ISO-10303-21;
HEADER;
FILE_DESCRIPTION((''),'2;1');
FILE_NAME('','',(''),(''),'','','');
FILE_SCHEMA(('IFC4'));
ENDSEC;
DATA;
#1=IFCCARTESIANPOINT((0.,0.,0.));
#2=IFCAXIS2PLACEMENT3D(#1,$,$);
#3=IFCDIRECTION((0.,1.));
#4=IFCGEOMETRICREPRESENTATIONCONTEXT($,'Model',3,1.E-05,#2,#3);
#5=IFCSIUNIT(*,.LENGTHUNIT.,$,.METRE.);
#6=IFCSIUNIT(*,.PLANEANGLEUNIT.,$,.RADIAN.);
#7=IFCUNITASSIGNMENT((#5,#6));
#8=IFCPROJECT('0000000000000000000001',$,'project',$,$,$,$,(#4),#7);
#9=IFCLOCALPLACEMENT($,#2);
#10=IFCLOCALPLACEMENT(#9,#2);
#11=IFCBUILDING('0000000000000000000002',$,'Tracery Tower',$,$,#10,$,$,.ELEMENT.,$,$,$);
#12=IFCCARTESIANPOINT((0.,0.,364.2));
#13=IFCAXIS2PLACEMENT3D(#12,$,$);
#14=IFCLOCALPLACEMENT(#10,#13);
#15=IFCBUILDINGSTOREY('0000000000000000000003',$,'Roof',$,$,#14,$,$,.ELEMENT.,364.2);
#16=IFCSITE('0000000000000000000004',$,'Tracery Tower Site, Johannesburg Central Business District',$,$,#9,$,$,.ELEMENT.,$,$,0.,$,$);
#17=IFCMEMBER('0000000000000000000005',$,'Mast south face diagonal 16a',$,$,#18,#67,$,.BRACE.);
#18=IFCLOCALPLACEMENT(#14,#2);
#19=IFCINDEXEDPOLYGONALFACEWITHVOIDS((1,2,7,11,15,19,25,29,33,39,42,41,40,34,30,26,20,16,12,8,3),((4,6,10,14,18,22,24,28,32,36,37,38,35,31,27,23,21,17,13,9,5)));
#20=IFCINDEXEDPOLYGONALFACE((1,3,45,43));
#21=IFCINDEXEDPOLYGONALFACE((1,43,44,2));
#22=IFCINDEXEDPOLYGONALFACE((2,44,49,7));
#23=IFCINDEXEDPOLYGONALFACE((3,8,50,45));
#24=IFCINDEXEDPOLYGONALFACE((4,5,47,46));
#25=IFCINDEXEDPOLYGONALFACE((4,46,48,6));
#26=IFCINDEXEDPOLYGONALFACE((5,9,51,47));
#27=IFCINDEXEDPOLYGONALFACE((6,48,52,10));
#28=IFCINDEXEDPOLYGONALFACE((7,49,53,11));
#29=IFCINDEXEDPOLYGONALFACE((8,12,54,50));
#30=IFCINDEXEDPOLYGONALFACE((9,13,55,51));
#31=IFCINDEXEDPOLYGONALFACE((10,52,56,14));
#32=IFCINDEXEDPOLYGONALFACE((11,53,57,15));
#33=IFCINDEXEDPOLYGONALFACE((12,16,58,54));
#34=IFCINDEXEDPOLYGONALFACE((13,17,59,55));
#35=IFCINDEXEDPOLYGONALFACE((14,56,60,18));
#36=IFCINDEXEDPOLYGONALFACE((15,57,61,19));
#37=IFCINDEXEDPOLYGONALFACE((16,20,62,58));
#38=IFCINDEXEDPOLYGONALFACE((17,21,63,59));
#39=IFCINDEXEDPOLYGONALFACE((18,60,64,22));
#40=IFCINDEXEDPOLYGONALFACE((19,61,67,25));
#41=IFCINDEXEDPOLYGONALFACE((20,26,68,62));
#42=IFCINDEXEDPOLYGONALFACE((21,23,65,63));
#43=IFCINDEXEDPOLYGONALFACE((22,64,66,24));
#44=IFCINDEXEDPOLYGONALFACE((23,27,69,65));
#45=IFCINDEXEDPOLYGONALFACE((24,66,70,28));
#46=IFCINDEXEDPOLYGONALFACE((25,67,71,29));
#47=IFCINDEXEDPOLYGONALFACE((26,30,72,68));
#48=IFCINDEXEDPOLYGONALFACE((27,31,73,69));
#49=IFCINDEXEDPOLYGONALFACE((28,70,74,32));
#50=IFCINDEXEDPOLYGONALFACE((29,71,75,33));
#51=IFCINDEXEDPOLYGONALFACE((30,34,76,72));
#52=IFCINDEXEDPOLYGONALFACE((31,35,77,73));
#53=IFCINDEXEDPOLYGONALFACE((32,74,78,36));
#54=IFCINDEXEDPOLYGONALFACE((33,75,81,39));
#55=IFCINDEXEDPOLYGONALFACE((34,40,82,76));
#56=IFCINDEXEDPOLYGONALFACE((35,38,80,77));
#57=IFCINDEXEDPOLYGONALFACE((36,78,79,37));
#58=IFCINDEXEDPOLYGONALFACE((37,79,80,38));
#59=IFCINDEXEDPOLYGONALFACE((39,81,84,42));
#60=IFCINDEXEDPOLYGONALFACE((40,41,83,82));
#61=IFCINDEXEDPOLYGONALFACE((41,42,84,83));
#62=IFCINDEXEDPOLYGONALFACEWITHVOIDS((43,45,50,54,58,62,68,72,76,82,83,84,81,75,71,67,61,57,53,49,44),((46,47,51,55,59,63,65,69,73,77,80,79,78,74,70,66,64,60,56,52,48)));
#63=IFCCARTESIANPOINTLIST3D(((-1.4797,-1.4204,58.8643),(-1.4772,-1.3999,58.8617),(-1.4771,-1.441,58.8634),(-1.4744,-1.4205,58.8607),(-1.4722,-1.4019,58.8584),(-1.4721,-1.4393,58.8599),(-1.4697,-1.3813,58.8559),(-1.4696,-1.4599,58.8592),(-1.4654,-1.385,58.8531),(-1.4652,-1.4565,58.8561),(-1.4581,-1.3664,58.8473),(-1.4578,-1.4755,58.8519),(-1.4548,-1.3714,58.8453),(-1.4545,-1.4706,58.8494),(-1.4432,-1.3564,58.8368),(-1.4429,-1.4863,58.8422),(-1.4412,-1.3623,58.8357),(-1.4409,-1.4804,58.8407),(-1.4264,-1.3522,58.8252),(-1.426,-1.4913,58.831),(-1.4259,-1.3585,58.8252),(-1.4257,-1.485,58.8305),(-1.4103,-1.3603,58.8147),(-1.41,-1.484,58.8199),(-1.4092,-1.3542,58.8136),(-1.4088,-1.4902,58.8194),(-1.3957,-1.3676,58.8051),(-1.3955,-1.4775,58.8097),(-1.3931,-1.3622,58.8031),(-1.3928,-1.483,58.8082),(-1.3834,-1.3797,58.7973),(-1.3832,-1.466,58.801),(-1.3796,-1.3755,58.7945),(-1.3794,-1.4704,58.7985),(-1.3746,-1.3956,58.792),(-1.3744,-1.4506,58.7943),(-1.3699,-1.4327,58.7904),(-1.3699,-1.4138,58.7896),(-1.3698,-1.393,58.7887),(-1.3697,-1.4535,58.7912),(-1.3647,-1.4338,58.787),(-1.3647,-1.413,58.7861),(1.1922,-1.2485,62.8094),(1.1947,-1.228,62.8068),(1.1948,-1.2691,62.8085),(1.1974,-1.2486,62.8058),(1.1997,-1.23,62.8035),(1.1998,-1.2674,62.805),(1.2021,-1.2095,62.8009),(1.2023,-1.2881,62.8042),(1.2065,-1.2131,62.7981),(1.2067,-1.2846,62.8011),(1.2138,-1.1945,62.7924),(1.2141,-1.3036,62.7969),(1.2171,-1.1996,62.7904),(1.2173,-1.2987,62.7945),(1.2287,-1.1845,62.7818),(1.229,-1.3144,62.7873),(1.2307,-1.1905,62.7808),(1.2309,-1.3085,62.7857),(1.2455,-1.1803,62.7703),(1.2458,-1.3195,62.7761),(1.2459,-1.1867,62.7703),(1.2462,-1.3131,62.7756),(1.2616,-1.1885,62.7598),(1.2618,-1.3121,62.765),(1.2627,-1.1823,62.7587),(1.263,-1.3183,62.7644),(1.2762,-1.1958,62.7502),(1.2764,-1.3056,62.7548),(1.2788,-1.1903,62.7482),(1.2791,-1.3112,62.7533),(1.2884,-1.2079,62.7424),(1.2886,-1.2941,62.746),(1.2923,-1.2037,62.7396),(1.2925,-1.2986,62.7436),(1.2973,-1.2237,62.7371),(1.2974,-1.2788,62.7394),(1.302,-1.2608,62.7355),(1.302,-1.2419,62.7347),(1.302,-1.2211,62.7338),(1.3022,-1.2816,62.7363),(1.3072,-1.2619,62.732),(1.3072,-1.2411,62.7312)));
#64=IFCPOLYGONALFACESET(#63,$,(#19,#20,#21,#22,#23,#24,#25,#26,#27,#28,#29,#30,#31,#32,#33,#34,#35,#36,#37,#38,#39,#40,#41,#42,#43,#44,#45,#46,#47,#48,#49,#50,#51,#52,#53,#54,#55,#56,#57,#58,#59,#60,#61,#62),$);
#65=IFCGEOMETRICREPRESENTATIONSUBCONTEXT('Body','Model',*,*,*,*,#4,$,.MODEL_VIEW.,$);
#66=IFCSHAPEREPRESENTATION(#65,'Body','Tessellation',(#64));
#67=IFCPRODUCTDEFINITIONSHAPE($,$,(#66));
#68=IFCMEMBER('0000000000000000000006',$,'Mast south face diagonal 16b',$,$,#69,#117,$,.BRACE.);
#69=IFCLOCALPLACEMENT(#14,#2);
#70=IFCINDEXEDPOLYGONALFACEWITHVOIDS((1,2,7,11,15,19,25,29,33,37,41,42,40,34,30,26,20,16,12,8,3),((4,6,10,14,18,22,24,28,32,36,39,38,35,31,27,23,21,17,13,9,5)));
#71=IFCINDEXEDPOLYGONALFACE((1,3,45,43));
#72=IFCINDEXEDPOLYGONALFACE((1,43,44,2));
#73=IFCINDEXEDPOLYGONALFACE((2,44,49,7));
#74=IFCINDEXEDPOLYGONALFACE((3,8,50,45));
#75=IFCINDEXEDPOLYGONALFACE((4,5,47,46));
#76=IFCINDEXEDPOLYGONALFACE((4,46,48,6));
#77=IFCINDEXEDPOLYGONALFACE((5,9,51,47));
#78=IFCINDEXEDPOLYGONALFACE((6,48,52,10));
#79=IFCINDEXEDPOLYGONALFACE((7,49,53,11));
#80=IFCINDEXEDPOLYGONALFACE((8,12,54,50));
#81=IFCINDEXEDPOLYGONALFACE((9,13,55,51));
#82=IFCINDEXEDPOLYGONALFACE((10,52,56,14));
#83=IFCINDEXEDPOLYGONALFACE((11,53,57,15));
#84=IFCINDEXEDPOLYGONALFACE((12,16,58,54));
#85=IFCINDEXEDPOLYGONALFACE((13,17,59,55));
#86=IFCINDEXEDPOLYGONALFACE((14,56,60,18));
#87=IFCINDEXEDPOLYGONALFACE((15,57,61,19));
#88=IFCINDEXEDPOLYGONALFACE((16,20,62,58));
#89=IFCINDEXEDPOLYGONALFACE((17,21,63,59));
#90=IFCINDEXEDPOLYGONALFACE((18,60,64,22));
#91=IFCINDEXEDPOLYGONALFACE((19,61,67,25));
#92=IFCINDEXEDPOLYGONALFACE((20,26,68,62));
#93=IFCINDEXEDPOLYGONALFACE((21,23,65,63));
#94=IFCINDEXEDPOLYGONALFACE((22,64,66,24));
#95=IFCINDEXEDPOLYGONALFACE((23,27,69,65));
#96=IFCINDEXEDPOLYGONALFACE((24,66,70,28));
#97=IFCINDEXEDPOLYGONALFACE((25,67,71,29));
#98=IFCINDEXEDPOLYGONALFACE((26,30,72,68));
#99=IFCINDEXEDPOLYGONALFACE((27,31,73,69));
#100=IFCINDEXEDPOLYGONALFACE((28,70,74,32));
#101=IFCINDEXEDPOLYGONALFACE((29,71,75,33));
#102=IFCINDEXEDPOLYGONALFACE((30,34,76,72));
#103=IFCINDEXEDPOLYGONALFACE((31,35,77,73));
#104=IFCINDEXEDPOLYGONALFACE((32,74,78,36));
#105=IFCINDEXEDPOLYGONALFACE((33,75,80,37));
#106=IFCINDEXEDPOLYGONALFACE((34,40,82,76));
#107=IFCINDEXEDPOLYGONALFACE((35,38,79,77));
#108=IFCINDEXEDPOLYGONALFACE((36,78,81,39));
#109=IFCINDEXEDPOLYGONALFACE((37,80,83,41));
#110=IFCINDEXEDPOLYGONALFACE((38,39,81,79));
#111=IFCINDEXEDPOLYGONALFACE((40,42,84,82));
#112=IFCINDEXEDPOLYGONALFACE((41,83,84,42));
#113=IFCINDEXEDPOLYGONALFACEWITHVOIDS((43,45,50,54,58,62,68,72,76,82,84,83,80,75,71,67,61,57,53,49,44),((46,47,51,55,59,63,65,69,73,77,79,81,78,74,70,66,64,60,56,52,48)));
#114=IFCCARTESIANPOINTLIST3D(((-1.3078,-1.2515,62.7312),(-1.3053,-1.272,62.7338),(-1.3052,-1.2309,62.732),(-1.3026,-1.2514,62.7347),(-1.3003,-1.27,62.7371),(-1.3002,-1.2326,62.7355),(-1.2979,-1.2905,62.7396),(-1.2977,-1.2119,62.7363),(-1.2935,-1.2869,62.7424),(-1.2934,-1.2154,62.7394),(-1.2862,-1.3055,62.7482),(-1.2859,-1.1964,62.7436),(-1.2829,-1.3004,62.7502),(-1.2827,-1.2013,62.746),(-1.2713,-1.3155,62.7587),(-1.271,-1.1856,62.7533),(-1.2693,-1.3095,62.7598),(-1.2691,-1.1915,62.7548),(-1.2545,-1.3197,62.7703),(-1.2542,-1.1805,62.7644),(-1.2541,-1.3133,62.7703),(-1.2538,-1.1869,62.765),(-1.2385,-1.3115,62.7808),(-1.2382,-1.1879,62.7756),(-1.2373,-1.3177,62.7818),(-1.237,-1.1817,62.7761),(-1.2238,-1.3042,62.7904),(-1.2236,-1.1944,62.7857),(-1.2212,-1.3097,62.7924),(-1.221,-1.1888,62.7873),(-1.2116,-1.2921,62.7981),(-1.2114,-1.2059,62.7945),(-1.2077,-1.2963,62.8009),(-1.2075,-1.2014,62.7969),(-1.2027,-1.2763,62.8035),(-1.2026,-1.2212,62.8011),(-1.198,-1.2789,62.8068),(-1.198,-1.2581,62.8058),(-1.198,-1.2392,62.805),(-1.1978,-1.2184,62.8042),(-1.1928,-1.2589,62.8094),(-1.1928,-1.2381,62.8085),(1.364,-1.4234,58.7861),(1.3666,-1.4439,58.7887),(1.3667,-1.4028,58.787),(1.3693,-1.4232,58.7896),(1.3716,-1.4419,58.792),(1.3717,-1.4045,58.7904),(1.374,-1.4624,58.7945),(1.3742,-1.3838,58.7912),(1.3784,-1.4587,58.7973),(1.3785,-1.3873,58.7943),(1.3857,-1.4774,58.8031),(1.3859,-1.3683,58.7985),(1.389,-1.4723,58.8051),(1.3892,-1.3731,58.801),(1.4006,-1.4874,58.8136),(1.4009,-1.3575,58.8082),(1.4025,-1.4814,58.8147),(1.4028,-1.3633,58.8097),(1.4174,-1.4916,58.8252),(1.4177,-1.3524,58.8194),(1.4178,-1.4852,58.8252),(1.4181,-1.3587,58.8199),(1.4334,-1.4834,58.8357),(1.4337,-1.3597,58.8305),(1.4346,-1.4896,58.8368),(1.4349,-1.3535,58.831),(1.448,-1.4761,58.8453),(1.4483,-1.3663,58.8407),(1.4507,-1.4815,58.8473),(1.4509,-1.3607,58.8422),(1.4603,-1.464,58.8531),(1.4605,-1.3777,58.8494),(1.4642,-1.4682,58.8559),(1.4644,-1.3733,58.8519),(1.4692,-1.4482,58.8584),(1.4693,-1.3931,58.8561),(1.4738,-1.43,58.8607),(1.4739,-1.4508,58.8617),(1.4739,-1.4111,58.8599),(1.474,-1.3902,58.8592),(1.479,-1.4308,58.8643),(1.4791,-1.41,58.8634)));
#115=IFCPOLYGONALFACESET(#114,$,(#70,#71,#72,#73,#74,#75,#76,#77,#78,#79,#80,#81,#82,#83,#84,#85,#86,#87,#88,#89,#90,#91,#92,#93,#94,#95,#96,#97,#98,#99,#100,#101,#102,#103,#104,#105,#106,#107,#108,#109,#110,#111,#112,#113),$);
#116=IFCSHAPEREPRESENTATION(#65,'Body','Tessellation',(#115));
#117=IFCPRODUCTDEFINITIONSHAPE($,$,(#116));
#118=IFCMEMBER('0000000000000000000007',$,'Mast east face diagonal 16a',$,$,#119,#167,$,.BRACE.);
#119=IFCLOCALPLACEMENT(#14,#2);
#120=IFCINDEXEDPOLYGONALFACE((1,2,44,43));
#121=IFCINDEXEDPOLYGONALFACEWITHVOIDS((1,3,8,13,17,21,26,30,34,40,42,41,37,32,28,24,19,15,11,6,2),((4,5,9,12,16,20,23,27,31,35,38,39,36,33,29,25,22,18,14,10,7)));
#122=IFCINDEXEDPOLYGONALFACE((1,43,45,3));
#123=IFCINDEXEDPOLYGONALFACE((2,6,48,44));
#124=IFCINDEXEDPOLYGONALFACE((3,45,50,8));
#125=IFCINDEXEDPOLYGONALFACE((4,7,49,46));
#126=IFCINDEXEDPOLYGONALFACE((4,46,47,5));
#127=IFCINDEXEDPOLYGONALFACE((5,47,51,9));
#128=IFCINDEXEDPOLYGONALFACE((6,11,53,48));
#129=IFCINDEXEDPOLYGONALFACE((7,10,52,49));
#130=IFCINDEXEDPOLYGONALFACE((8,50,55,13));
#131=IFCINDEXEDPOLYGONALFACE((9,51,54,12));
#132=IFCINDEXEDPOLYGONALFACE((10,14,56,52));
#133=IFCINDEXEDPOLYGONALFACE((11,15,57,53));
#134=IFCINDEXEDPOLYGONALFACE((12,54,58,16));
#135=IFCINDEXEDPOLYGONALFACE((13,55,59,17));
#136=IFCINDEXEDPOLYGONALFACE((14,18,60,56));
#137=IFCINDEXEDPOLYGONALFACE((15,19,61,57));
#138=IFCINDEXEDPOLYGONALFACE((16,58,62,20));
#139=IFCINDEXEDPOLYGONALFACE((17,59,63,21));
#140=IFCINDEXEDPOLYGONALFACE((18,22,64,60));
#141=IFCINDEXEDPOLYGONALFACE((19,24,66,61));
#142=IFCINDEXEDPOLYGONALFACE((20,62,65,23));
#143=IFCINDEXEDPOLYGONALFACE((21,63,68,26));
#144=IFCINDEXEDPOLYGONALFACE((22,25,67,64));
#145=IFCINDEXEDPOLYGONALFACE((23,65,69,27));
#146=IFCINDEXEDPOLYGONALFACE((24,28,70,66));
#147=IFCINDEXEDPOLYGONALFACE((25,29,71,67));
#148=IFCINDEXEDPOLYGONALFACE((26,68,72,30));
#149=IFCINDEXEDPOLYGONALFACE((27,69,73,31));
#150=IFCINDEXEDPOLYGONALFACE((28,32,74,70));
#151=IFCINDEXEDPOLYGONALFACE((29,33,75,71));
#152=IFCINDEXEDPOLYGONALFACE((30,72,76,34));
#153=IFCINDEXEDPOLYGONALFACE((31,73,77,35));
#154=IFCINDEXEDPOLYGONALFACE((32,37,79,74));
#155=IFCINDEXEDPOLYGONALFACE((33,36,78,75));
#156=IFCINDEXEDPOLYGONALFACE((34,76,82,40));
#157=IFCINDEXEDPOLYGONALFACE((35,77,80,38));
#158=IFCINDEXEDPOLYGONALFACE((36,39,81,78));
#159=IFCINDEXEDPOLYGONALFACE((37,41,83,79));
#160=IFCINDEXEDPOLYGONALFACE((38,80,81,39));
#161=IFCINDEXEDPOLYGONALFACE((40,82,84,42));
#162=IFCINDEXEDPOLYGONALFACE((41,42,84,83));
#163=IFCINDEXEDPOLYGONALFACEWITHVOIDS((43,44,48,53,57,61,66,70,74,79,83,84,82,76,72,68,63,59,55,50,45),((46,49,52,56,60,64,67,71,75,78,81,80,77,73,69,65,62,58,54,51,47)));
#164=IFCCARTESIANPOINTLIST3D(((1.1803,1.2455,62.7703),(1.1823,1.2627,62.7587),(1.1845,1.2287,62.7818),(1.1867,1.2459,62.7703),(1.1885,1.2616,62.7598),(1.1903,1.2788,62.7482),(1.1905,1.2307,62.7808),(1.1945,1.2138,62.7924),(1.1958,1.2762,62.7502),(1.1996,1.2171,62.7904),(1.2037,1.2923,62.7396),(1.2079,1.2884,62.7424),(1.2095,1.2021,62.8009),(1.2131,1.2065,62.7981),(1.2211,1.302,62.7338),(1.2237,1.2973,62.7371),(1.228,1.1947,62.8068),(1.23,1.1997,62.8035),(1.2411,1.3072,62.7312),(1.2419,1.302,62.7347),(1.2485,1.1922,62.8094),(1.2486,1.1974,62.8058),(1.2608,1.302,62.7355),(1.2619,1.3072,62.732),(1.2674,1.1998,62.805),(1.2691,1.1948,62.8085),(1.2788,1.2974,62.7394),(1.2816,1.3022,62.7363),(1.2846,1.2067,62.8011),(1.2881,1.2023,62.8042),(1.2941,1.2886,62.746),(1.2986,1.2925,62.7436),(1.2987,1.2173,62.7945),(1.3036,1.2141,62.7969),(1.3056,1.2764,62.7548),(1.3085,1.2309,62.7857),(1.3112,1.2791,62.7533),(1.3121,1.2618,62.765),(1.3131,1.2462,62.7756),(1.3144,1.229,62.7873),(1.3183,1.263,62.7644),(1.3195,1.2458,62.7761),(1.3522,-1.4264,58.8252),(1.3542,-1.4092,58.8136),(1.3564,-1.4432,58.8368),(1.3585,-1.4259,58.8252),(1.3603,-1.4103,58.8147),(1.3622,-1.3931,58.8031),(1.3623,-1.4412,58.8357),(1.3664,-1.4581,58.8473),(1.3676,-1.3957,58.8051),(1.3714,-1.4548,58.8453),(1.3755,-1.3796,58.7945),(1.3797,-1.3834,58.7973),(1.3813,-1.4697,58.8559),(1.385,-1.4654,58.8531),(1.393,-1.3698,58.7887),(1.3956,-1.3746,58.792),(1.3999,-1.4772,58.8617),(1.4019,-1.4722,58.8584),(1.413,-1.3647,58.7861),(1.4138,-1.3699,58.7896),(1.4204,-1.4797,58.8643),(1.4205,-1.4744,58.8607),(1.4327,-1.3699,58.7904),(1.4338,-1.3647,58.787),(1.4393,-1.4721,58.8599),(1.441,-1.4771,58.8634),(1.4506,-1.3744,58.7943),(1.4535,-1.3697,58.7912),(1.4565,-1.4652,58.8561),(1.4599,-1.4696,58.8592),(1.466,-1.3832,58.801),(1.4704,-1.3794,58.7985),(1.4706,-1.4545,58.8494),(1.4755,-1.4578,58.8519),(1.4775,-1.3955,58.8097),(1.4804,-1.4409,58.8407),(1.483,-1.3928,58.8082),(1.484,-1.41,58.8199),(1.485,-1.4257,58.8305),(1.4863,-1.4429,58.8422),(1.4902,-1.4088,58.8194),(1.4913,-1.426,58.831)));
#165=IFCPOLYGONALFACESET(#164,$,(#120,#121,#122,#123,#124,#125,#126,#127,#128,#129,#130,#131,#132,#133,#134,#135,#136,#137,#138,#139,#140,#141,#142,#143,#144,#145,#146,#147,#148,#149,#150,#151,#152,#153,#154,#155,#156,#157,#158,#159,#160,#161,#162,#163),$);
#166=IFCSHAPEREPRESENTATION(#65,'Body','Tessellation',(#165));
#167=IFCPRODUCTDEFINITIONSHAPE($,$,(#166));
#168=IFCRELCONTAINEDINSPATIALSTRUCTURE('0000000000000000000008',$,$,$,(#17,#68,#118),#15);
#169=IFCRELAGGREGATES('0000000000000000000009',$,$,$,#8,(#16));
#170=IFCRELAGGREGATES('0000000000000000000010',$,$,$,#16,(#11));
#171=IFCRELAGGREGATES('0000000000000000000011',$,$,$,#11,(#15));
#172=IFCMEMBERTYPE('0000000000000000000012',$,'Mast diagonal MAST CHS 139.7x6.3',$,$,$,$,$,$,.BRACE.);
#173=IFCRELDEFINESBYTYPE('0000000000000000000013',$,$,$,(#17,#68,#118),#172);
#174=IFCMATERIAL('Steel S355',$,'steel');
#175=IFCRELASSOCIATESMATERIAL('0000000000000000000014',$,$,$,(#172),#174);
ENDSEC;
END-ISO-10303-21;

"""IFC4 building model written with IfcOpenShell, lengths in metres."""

from ifc_helpers import new_model, si_unit, direction, frame, origin, origin_2d, place, context, subcontext, project, spatial, hollow_circle, extrude, material, material_profile, profile_set, type_object, element, save


model = new_model("IFC4")

# Units and contexts
model_context = context("Model", 3, precision=1e-05, world=origin(), true_north=direction((0.0, 1.0)))
body_context = subcontext(model_context, "Body", "Model", "MODEL_VIEW")
ifc_project = project(units=[si_unit("LENGTHUNIT", "METRE"), si_unit("PLANEANGLEUNIT", "RADIAN")], contexts=[model_context])

# Site, building, storey
site_placement = place(None, origin())
site = spatial("IfcSite", under=ifc_project, at=site_placement, Name="Tracery Tower Site, Johannesburg Central Business District", CompositionType="ELEMENT", RefElevation=0.0)
building_placement = place(site_placement, origin())
building = spatial("IfcBuilding", under=site, at=building_placement, Name="Tracery Tower", CompositionType="ELEMENT")
storey_placement = place(building_placement, frame((0.0, 0.0, 364.2)))
storey = spatial("IfcBuildingStorey", under=building, at=storey_placement, Name="Roof", CompositionType="ELEMENT", Elevation=364.2)

# Members
ifc_material_1 = material(Name="Steel S355", Category="steel")
ifc_material_profile_1 = material_profile(ifc_material_1, hollow_circle(Radius=0.0698, WallThickness=0.0063, at=origin_2d()), Name="CHS 139.7x6.3")
ifc_profile_set_1 = profile_set([ifc_material_profile_1], Name="Steel S355")
member_type_1 = type_object("IfcMemberType", Name="Mast diagonal MAST CHS 139.7x6.3", PredefinedType="BRACE", material=ifc_profile_set_1)
for number, where, z_axis, x_axis, name in (
    (1, (-1.4219, -1.4219, 58.8252), (0.560399, 0.036049, 0.827438), (-0.064195, 0.997937, 0.0), "Mast south face diagonal 16a"),
    (2, (1.4219, -1.4219, 58.8252), (-0.560399, 0.036049, 0.827438), (-0.064195, -0.997937, 0.0), "Mast south face diagonal 16b"),
    (3, (1.4219, -1.4219, 58.8252), (-0.036049, 0.560399, 0.827438), (-0.997937, -0.064195, 0.0), "Mast east face diagonal 16a"),
):
    element("IfcMember", number, at=place(storey_placement, frame(where, z_axis=z_axis, x_axis=x_axis)), inside=storey, type_object=member_type_1, Name=name, PredefinedType="BRACE", context=body_context, shape_type="SweptSolid", body=[
        extrude(hollow_circle(Radius=0.0698, WallThickness=0.0063, at=origin_2d()), origin(), (0.0, 0.0, 1.0), 4.7678),
    ])

save(model, "model.ifc")
